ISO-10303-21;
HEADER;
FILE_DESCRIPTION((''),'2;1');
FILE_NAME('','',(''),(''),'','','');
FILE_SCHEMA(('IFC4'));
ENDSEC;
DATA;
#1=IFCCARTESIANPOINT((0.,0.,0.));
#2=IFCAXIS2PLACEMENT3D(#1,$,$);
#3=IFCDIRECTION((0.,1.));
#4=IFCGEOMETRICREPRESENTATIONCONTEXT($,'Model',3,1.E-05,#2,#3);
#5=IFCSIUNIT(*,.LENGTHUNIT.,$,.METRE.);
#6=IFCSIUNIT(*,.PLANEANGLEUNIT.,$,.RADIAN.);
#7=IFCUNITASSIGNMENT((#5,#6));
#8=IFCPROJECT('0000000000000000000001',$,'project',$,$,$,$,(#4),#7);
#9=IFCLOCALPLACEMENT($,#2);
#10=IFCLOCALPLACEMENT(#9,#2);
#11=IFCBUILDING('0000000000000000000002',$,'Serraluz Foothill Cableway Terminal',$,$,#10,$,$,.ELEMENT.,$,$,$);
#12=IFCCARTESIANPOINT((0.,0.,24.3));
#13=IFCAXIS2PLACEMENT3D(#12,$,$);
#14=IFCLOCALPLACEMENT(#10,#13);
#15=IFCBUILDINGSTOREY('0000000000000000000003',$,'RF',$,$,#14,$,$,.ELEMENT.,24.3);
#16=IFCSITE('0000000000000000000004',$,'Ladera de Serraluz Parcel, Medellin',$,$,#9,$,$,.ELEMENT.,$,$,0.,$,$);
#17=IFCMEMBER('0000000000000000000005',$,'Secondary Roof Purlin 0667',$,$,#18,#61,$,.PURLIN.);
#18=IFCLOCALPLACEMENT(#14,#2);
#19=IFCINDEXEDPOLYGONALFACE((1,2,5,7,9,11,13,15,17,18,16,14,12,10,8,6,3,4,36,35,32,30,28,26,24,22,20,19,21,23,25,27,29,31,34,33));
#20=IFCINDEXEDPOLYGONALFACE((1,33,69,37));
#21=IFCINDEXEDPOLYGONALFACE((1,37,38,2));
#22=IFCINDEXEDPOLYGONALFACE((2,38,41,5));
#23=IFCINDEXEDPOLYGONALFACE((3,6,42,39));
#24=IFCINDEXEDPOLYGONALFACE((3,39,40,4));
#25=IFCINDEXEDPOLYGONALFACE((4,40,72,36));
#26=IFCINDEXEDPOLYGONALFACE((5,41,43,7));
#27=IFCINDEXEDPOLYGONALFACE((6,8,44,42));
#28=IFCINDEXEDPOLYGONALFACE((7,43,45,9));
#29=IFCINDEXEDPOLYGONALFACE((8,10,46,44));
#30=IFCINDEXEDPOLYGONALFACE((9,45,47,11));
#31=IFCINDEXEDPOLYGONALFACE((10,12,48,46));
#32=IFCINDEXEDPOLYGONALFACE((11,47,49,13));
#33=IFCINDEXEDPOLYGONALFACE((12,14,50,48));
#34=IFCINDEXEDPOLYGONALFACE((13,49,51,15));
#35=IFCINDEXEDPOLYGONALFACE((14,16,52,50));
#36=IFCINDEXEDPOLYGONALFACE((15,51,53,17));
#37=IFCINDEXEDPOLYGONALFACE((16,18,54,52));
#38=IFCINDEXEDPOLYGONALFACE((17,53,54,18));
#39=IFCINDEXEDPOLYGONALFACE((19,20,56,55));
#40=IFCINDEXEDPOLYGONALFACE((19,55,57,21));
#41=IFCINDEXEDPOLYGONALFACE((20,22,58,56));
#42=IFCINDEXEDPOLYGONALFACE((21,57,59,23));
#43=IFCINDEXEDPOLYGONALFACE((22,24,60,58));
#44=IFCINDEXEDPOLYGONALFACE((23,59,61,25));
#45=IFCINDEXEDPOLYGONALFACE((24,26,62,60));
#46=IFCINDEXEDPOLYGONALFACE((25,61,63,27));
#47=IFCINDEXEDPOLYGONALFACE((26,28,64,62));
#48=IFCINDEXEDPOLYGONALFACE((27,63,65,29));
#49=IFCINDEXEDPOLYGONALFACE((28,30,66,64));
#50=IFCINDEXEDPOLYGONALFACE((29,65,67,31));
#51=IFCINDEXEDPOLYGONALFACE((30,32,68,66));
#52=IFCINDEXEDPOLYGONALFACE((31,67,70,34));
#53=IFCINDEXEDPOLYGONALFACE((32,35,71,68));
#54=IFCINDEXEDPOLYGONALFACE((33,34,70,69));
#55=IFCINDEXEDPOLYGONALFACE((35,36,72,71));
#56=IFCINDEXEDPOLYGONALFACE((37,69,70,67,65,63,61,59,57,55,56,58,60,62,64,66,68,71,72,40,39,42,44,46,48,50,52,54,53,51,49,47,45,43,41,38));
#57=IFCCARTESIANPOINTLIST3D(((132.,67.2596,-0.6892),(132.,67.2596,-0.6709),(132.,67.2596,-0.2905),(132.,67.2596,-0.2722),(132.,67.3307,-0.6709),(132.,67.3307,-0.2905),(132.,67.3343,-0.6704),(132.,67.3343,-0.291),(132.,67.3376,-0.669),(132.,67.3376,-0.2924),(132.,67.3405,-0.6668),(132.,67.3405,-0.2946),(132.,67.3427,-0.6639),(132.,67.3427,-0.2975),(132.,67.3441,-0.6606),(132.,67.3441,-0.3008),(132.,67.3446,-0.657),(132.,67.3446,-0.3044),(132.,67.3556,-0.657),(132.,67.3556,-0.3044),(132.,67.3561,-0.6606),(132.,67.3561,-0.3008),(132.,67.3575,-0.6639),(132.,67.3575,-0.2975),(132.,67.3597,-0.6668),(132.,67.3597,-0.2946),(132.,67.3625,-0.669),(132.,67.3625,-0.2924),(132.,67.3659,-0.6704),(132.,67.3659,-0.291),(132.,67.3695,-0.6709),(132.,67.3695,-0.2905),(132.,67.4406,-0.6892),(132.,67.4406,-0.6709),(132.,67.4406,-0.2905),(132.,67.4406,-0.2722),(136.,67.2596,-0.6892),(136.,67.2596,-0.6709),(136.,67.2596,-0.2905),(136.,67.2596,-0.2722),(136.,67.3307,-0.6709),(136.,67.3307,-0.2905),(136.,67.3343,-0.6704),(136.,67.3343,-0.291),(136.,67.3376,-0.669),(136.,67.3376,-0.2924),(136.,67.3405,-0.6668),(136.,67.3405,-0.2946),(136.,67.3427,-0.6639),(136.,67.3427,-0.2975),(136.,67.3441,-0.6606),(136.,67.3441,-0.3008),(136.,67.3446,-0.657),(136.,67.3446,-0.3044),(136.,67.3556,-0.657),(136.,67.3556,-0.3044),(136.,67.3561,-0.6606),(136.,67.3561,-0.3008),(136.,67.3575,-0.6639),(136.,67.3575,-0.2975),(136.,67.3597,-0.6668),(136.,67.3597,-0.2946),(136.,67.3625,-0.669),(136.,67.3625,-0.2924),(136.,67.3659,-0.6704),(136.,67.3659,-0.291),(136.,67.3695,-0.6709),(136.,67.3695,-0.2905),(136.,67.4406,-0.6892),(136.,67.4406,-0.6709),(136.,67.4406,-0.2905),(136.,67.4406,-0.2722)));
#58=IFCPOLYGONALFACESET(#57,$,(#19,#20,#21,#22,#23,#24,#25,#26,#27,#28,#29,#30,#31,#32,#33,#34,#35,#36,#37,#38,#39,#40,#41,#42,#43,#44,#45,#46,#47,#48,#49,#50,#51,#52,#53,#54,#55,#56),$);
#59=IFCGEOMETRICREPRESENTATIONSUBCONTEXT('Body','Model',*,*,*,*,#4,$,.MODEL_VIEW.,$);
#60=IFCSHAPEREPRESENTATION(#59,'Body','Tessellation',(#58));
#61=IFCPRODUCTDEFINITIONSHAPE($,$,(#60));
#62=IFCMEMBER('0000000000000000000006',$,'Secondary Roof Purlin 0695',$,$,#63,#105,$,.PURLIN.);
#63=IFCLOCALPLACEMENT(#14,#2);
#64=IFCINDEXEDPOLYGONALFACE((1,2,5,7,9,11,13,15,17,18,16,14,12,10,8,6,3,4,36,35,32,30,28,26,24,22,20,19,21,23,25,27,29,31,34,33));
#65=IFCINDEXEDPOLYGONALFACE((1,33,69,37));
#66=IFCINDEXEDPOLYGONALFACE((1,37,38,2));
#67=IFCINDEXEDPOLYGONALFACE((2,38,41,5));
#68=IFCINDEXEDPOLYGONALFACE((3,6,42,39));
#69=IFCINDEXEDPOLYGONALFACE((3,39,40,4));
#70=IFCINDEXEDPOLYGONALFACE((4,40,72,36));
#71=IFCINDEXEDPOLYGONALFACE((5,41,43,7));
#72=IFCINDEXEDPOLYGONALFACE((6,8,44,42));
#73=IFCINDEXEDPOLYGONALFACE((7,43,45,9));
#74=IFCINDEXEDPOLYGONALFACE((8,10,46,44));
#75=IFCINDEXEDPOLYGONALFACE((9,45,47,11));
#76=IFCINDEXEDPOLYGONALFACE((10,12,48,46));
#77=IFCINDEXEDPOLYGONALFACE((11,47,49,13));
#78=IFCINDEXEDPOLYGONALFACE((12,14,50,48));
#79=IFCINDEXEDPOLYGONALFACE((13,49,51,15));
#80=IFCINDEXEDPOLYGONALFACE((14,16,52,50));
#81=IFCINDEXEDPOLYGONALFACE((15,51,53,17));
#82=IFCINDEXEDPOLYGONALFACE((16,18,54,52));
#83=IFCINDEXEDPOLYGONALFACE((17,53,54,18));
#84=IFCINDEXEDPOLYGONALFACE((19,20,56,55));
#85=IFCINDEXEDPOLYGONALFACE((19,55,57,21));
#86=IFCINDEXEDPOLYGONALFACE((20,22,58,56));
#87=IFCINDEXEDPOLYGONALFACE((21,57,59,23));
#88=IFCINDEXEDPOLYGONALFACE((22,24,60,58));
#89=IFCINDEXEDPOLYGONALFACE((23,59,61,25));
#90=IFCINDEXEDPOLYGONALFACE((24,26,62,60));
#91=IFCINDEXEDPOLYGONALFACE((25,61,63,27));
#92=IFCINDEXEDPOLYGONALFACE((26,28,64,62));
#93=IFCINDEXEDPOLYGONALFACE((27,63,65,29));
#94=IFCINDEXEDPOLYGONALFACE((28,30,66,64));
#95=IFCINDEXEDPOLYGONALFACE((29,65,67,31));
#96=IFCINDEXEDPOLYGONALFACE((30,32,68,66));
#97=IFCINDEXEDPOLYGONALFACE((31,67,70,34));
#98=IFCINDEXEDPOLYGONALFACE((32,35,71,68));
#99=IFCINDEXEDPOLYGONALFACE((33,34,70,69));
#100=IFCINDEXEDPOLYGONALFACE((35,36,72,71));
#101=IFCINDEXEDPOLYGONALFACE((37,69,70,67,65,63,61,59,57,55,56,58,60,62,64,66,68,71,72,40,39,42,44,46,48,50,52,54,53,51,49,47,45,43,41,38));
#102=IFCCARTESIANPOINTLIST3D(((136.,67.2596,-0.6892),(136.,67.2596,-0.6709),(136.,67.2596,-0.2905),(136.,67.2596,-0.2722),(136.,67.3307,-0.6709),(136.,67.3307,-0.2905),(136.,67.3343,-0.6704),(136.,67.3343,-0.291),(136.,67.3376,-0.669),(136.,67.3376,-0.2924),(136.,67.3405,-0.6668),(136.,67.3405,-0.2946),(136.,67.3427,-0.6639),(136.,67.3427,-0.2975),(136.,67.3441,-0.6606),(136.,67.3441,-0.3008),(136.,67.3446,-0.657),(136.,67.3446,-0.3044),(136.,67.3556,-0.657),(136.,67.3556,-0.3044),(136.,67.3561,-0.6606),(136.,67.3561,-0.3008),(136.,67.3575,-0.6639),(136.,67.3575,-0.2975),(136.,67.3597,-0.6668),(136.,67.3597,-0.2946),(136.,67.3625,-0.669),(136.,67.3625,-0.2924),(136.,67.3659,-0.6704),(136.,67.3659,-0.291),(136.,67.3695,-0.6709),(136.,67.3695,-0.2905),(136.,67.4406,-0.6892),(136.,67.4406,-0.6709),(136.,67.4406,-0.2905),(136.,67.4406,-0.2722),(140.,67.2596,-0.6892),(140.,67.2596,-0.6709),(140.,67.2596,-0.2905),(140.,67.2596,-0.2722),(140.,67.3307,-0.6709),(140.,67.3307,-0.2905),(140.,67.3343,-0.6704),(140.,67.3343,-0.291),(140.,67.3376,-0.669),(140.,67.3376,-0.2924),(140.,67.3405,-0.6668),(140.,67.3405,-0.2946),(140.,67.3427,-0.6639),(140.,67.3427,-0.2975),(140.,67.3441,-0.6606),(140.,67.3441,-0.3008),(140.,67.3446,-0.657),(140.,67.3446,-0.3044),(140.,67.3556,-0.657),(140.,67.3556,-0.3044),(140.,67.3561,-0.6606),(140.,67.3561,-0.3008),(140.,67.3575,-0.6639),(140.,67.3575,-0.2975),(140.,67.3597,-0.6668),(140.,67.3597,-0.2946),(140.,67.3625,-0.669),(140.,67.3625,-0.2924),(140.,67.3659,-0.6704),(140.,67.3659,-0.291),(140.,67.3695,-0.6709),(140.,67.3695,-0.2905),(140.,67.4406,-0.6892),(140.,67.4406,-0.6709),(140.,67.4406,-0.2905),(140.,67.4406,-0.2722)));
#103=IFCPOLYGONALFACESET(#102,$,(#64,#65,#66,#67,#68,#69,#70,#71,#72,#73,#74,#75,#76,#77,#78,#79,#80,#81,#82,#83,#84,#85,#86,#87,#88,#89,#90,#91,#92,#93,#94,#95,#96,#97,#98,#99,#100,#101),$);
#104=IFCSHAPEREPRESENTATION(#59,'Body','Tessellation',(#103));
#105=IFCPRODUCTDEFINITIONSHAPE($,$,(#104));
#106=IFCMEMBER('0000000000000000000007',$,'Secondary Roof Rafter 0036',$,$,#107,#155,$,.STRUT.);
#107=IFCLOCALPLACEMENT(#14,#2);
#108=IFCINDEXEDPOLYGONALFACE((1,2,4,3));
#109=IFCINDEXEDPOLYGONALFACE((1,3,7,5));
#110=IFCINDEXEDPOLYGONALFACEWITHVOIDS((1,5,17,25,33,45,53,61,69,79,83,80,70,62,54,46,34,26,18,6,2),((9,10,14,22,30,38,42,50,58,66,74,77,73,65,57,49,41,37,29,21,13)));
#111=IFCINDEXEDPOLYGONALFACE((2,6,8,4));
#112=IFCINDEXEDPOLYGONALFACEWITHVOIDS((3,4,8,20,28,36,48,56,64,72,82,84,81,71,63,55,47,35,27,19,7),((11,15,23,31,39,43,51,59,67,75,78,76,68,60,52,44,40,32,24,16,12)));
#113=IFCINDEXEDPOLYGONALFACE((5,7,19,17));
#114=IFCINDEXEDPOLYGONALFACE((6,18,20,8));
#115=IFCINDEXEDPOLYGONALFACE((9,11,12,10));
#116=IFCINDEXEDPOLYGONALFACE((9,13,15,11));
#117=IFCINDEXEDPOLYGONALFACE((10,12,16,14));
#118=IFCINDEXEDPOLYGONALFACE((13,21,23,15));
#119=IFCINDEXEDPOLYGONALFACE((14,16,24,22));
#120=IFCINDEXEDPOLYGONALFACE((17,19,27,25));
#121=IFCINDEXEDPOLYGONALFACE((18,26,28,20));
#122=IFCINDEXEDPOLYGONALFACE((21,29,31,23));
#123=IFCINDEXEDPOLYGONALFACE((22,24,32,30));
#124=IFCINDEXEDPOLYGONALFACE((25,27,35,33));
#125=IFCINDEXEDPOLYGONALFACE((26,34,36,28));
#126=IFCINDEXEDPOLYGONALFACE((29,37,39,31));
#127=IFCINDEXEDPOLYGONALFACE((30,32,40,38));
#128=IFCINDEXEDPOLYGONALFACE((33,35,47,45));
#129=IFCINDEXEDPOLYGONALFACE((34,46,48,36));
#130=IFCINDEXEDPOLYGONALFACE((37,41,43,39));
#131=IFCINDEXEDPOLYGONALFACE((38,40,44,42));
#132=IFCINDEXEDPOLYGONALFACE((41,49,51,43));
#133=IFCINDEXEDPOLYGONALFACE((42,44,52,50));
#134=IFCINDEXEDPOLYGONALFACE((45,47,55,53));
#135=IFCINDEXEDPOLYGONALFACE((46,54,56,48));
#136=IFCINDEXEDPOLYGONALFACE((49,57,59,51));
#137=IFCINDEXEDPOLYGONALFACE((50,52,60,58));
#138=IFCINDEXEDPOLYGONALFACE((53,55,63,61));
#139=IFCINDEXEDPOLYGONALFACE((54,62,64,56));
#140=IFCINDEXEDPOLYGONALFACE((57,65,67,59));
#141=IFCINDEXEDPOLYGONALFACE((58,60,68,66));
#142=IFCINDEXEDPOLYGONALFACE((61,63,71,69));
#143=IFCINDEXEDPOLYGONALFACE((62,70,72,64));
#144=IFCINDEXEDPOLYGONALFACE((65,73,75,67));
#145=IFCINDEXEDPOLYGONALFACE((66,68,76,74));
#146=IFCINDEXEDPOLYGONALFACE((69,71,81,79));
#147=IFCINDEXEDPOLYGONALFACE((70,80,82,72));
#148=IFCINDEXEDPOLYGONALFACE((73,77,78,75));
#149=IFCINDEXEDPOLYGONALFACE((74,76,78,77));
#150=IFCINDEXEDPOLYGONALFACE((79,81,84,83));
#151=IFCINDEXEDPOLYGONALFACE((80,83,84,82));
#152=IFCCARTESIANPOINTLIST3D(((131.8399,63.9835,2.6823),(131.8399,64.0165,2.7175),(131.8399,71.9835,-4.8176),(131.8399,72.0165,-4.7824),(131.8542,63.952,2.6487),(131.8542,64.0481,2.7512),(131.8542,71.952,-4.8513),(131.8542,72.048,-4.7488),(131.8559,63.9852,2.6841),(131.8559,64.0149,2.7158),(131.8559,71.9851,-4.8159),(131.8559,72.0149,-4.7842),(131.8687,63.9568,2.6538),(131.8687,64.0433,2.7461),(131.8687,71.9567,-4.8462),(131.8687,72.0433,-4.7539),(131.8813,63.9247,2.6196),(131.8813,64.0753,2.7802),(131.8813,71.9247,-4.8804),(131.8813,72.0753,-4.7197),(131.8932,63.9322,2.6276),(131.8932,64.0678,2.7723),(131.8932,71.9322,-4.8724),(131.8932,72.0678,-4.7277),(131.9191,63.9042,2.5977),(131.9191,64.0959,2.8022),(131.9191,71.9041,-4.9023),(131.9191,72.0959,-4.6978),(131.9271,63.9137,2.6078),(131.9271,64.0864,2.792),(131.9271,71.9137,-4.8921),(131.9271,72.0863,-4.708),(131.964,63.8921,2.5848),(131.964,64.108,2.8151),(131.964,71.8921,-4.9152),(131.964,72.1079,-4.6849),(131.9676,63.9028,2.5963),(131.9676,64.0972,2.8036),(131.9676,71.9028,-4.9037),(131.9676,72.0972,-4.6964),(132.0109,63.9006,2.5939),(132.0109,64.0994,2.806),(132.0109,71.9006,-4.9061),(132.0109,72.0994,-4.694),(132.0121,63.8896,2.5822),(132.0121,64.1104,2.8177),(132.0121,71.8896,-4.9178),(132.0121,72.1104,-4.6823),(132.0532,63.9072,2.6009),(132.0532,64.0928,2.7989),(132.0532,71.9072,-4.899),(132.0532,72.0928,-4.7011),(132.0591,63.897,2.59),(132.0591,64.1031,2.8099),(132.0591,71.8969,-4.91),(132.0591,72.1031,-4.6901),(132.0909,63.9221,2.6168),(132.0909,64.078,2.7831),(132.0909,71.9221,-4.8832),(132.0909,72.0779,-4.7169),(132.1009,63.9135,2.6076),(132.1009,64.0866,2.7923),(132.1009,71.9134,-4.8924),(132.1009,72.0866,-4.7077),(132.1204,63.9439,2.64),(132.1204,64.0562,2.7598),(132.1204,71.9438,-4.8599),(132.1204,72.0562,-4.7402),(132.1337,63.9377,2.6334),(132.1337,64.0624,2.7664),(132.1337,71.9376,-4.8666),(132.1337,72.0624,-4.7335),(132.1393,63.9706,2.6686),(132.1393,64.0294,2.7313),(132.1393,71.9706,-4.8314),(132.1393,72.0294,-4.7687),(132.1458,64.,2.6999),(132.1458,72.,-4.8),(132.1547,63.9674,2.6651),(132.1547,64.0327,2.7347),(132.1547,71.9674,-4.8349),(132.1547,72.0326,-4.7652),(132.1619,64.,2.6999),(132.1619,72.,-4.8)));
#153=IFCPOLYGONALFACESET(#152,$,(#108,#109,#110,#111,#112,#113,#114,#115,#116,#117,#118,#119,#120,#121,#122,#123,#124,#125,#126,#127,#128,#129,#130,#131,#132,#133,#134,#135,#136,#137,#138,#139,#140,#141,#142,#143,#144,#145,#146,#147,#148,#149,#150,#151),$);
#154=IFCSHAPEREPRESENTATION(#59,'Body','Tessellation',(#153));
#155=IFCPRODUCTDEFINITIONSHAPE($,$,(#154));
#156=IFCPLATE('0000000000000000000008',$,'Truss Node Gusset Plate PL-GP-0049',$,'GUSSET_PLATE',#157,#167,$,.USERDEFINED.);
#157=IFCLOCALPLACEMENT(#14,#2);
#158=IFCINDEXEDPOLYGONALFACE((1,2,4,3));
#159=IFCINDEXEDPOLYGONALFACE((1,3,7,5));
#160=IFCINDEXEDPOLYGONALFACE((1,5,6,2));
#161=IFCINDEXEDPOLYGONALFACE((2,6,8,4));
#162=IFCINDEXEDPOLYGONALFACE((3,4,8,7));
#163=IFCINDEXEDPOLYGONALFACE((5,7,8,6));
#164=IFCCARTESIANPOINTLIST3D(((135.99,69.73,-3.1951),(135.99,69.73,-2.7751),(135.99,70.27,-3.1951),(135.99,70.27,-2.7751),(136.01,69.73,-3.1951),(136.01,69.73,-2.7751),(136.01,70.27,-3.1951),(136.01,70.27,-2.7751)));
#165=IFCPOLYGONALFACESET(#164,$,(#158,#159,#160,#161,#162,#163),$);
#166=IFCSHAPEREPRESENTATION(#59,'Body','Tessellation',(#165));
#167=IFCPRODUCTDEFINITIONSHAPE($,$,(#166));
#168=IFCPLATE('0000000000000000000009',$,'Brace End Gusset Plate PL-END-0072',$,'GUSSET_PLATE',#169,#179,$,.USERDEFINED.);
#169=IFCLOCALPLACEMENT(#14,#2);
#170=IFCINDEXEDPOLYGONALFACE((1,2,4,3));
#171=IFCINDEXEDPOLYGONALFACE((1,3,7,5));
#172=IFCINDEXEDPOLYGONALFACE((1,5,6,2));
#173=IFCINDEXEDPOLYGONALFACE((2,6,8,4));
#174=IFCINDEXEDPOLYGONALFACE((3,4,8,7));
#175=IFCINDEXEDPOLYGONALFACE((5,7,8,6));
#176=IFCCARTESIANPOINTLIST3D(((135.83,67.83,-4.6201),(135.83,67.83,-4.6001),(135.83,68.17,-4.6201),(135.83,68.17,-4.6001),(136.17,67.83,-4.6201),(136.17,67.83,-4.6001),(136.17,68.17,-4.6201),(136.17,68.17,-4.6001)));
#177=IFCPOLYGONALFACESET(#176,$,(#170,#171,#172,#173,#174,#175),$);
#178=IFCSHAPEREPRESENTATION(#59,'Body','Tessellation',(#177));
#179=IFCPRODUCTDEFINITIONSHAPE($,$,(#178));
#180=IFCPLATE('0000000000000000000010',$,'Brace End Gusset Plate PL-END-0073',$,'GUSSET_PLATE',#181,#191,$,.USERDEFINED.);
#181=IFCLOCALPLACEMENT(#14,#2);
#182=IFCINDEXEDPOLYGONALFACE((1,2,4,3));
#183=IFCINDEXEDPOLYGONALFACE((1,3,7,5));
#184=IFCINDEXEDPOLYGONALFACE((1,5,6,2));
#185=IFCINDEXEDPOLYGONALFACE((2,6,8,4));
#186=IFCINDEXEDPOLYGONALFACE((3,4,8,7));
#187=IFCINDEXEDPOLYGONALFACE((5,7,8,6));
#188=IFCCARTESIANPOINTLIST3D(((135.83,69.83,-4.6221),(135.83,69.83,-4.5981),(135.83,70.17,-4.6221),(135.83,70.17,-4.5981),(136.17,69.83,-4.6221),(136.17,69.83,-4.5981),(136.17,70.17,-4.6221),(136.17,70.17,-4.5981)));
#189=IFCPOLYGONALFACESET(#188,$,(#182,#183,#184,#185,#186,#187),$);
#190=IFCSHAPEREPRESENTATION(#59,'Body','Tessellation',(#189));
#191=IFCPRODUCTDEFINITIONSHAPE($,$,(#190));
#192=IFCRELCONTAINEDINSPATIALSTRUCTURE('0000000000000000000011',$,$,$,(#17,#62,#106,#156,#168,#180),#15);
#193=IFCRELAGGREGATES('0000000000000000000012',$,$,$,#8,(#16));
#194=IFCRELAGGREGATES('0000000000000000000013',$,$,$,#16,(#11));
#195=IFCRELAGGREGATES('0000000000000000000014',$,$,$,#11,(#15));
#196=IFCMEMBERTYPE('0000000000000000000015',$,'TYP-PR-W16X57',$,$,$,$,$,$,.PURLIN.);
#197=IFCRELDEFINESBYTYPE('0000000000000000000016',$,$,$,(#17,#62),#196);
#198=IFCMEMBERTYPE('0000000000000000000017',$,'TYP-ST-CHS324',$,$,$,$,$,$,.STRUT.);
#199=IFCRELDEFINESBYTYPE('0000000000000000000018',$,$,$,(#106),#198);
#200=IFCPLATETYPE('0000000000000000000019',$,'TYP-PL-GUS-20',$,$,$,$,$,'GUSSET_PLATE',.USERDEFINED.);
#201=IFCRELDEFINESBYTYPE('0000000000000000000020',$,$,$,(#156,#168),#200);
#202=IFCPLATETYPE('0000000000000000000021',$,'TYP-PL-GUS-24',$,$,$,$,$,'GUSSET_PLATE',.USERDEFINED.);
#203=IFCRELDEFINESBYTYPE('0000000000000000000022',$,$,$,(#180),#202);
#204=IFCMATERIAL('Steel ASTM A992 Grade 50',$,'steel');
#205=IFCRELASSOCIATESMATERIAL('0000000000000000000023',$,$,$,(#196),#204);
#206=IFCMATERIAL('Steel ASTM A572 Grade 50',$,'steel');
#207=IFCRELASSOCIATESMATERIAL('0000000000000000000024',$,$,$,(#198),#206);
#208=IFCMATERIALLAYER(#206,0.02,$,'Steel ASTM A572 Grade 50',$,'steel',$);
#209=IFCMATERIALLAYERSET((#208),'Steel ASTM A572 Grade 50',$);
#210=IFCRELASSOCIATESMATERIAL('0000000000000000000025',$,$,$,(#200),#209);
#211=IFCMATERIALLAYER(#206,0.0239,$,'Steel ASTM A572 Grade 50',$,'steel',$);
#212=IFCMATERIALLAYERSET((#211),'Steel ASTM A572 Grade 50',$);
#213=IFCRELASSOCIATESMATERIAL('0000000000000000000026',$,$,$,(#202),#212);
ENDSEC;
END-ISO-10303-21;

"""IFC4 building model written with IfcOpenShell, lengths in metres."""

from ifc_helpers import new_model, si_unit, direction, frame, origin, origin_2d, place, context, subcontext, project, spatial, rectangle, hollow_circle, i_section, extrude, material, layer, layer_set, material_profile, profile_set, type_object, element, save


model = new_model("IFC4")

# Units and contexts
model_context = context("Model", 3, precision=1e-05, world=origin(), true_north=direction((0.0, 1.0)))
body_context = subcontext(model_context, "Body", "Model", "MODEL_VIEW")
ifc_project = project(units=[si_unit("LENGTHUNIT", "METRE"), si_unit("PLANEANGLEUNIT", "RADIAN")], contexts=[model_context])

# Site, building, storey
site_placement = place(None, origin())
site = spatial("IfcSite", under=ifc_project, at=site_placement, Name="Ladera de Serraluz Parcel, Medellin", CompositionType="ELEMENT", RefElevation=0.0)
building_placement = place(site_placement, origin())
building = spatial("IfcBuilding", under=site, at=building_placement, Name="Serraluz Foothill Cableway Terminal", CompositionType="ELEMENT")
storey_placement = place(building_placement, frame((0.0, 0.0, 24.3)))
storey = spatial("IfcBuildingStorey", under=building, at=storey_placement, Name="RF", CompositionType="ELEMENT", Elevation=24.3)

# Members
ifc_material_1 = material(Name="Steel ASTM A572 Grade 50", Category="steel")
ifc_material_2 = material(Name="Steel ASTM A992 Grade 50", Category="steel")
ifc_material_profile_1 = material_profile(ifc_material_2, i_section(OverallWidth=0.1809, OverallDepth=0.417, WebThickness=0.011, FlangeThickness=0.0183, FilletRadius=0.0139, at=origin_2d()), Name="W16X57")
ifc_profile_set_1 = profile_set([ifc_material_profile_1], Name="Steel ASTM A992 Grade 50")
member_type_1 = type_object("IfcMemberType", Name="TYP-PR-W16X57", PredefinedType="PURLIN", material=ifc_profile_set_1)
for number, where, z_axis, x_axis, name in (
    (1, (132.0, 67.3501, -0.4807), (1.0, 0.0, 0.0), (0.0, 1.0, 0.0), "Secondary Roof Purlin 0667"),
    (2, (136.0, 67.3501, -0.4807), (1.0, 0.0, 0.0), (0.0, 1.0, 0.0), "Secondary Roof Purlin 0695"),
):
    element("IfcMember", number, at=place(storey_placement, frame(where, z_axis=z_axis, x_axis=x_axis)), inside=storey, type_object=member_type_1, Name=name, PredefinedType="PURLIN", context=body_context, shape_type="SweptSolid", body=[
        extrude(i_section(OverallWidth=0.1809, OverallDepth=0.417, WebThickness=0.011, FlangeThickness=0.0183, FilletRadius=0.0139, at=origin_2d()), origin(), (0.0, 0.0, 1.0), 4.0),
    ])
ifc_material_profile_2 = material_profile(ifc_material_1, hollow_circle(Radius=0.1619, WallThickness=0.0161, at=origin_2d()), Name="CHS324X16")
ifc_profile_set_2 = profile_set([ifc_material_profile_2], Name="Steel ASTM A572 Grade 50")
member_type_2 = type_object("IfcMemberType", Name="TYP-ST-CHS324", PredefinedType="STRUT", material=ifc_profile_set_2)
member_1_placement = place(storey_placement, frame((132.0, 72.0, -4.8), z_axis=(0.0, -0.729537, 0.683941), x_axis=(1.0, 0.0, 0.0)))
element("IfcMember", 3, at=member_1_placement, inside=storey, type_object=member_type_2, Name="Secondary Roof Rafter 0036", PredefinedType="STRUT", context=body_context, shape_type="SweptSolid", body=[
    extrude(hollow_circle(Radius=0.1619, WallThickness=0.0161, at=origin_2d()), origin(), (0.0, 0.0, 1.0), 10.9658),
])

# Plates
ifc_layer_1 = layer(ifc_material_1, 0.02, Name="Steel ASTM A572 Grade 50", Category="steel")
ifc_layer_set_1 = layer_set([ifc_layer_1], Name="Steel ASTM A572 Grade 50")
plate_type_1 = type_object("IfcPlateType", Name="TYP-PL-GUS-20", ElementType="GUSSET_PLATE", PredefinedType="USERDEFINED", material=ifc_layer_set_1)
plate_1_placement = place(storey_placement, frame((136.0, 70.0, -3.1951), z_axis=(0.0, 0.0, 1.0), x_axis=(1.0, 0.0, 0.0)))
element("IfcPlate", 4, at=plate_1_placement, inside=storey, type_object=plate_type_1, Name="Truss Node Gusset Plate PL-GP-0049", ObjectType="GUSSET_PLATE", PredefinedType="USERDEFINED", context=body_context, shape_type="SweptSolid", body=[
    extrude(rectangle(XDim=0.02, YDim=0.54, at=origin_2d()), origin(), (0.0, 0.0, 1.0), 0.4199),
])
plate_2_placement = place(storey_placement, frame((136.0, 68.0, -4.6201), z_axis=(0.0, 0.0, 1.0), x_axis=(1.0, 0.0, 0.0)))
element("IfcPlate", 5, at=plate_2_placement, inside=storey, type_object=plate_type_1, Name="Brace End Gusset Plate PL-END-0072", ObjectType="GUSSET_PLATE", PredefinedType="USERDEFINED", context=body_context, shape_type="SweptSolid", body=[
    extrude(rectangle(XDim=0.3401, YDim=0.3401, at=origin_2d()), origin(), (0.0, 0.0, 1.0), 0.02),
])
ifc_layer_2 = layer(ifc_material_1, 0.0239, Name="Steel ASTM A572 Grade 50", Category="steel")
ifc_layer_set_2 = layer_set([ifc_layer_2], Name="Steel ASTM A572 Grade 50")
plate_type_2 = type_object("IfcPlateType", Name="TYP-PL-GUS-24", ElementType="GUSSET_PLATE", PredefinedType="USERDEFINED", material=ifc_layer_set_2)
for number, where, z_axis, x_axis, name in (
    (6, (136.0, 70.0, -4.6221), (0.0, 0.0, 1.0), (1.0, 0.0, 0.0), "Brace End Gusset Plate PL-END-0073"),
):
    element("IfcPlate", number, at=place(storey_placement, frame(where, z_axis=z_axis, x_axis=x_axis)), inside=storey, type_object=plate_type_2, Name=name, ObjectType="GUSSET_PLATE", PredefinedType="USERDEFINED", context=body_context, shape_type="SweptSolid", body=[
        extrude(rectangle(XDim=0.3401, YDim=0.3401, at=origin_2d()), origin(), (0.0, 0.0, 1.0), 0.0239),
    ])

save(model, "model.ifc")
